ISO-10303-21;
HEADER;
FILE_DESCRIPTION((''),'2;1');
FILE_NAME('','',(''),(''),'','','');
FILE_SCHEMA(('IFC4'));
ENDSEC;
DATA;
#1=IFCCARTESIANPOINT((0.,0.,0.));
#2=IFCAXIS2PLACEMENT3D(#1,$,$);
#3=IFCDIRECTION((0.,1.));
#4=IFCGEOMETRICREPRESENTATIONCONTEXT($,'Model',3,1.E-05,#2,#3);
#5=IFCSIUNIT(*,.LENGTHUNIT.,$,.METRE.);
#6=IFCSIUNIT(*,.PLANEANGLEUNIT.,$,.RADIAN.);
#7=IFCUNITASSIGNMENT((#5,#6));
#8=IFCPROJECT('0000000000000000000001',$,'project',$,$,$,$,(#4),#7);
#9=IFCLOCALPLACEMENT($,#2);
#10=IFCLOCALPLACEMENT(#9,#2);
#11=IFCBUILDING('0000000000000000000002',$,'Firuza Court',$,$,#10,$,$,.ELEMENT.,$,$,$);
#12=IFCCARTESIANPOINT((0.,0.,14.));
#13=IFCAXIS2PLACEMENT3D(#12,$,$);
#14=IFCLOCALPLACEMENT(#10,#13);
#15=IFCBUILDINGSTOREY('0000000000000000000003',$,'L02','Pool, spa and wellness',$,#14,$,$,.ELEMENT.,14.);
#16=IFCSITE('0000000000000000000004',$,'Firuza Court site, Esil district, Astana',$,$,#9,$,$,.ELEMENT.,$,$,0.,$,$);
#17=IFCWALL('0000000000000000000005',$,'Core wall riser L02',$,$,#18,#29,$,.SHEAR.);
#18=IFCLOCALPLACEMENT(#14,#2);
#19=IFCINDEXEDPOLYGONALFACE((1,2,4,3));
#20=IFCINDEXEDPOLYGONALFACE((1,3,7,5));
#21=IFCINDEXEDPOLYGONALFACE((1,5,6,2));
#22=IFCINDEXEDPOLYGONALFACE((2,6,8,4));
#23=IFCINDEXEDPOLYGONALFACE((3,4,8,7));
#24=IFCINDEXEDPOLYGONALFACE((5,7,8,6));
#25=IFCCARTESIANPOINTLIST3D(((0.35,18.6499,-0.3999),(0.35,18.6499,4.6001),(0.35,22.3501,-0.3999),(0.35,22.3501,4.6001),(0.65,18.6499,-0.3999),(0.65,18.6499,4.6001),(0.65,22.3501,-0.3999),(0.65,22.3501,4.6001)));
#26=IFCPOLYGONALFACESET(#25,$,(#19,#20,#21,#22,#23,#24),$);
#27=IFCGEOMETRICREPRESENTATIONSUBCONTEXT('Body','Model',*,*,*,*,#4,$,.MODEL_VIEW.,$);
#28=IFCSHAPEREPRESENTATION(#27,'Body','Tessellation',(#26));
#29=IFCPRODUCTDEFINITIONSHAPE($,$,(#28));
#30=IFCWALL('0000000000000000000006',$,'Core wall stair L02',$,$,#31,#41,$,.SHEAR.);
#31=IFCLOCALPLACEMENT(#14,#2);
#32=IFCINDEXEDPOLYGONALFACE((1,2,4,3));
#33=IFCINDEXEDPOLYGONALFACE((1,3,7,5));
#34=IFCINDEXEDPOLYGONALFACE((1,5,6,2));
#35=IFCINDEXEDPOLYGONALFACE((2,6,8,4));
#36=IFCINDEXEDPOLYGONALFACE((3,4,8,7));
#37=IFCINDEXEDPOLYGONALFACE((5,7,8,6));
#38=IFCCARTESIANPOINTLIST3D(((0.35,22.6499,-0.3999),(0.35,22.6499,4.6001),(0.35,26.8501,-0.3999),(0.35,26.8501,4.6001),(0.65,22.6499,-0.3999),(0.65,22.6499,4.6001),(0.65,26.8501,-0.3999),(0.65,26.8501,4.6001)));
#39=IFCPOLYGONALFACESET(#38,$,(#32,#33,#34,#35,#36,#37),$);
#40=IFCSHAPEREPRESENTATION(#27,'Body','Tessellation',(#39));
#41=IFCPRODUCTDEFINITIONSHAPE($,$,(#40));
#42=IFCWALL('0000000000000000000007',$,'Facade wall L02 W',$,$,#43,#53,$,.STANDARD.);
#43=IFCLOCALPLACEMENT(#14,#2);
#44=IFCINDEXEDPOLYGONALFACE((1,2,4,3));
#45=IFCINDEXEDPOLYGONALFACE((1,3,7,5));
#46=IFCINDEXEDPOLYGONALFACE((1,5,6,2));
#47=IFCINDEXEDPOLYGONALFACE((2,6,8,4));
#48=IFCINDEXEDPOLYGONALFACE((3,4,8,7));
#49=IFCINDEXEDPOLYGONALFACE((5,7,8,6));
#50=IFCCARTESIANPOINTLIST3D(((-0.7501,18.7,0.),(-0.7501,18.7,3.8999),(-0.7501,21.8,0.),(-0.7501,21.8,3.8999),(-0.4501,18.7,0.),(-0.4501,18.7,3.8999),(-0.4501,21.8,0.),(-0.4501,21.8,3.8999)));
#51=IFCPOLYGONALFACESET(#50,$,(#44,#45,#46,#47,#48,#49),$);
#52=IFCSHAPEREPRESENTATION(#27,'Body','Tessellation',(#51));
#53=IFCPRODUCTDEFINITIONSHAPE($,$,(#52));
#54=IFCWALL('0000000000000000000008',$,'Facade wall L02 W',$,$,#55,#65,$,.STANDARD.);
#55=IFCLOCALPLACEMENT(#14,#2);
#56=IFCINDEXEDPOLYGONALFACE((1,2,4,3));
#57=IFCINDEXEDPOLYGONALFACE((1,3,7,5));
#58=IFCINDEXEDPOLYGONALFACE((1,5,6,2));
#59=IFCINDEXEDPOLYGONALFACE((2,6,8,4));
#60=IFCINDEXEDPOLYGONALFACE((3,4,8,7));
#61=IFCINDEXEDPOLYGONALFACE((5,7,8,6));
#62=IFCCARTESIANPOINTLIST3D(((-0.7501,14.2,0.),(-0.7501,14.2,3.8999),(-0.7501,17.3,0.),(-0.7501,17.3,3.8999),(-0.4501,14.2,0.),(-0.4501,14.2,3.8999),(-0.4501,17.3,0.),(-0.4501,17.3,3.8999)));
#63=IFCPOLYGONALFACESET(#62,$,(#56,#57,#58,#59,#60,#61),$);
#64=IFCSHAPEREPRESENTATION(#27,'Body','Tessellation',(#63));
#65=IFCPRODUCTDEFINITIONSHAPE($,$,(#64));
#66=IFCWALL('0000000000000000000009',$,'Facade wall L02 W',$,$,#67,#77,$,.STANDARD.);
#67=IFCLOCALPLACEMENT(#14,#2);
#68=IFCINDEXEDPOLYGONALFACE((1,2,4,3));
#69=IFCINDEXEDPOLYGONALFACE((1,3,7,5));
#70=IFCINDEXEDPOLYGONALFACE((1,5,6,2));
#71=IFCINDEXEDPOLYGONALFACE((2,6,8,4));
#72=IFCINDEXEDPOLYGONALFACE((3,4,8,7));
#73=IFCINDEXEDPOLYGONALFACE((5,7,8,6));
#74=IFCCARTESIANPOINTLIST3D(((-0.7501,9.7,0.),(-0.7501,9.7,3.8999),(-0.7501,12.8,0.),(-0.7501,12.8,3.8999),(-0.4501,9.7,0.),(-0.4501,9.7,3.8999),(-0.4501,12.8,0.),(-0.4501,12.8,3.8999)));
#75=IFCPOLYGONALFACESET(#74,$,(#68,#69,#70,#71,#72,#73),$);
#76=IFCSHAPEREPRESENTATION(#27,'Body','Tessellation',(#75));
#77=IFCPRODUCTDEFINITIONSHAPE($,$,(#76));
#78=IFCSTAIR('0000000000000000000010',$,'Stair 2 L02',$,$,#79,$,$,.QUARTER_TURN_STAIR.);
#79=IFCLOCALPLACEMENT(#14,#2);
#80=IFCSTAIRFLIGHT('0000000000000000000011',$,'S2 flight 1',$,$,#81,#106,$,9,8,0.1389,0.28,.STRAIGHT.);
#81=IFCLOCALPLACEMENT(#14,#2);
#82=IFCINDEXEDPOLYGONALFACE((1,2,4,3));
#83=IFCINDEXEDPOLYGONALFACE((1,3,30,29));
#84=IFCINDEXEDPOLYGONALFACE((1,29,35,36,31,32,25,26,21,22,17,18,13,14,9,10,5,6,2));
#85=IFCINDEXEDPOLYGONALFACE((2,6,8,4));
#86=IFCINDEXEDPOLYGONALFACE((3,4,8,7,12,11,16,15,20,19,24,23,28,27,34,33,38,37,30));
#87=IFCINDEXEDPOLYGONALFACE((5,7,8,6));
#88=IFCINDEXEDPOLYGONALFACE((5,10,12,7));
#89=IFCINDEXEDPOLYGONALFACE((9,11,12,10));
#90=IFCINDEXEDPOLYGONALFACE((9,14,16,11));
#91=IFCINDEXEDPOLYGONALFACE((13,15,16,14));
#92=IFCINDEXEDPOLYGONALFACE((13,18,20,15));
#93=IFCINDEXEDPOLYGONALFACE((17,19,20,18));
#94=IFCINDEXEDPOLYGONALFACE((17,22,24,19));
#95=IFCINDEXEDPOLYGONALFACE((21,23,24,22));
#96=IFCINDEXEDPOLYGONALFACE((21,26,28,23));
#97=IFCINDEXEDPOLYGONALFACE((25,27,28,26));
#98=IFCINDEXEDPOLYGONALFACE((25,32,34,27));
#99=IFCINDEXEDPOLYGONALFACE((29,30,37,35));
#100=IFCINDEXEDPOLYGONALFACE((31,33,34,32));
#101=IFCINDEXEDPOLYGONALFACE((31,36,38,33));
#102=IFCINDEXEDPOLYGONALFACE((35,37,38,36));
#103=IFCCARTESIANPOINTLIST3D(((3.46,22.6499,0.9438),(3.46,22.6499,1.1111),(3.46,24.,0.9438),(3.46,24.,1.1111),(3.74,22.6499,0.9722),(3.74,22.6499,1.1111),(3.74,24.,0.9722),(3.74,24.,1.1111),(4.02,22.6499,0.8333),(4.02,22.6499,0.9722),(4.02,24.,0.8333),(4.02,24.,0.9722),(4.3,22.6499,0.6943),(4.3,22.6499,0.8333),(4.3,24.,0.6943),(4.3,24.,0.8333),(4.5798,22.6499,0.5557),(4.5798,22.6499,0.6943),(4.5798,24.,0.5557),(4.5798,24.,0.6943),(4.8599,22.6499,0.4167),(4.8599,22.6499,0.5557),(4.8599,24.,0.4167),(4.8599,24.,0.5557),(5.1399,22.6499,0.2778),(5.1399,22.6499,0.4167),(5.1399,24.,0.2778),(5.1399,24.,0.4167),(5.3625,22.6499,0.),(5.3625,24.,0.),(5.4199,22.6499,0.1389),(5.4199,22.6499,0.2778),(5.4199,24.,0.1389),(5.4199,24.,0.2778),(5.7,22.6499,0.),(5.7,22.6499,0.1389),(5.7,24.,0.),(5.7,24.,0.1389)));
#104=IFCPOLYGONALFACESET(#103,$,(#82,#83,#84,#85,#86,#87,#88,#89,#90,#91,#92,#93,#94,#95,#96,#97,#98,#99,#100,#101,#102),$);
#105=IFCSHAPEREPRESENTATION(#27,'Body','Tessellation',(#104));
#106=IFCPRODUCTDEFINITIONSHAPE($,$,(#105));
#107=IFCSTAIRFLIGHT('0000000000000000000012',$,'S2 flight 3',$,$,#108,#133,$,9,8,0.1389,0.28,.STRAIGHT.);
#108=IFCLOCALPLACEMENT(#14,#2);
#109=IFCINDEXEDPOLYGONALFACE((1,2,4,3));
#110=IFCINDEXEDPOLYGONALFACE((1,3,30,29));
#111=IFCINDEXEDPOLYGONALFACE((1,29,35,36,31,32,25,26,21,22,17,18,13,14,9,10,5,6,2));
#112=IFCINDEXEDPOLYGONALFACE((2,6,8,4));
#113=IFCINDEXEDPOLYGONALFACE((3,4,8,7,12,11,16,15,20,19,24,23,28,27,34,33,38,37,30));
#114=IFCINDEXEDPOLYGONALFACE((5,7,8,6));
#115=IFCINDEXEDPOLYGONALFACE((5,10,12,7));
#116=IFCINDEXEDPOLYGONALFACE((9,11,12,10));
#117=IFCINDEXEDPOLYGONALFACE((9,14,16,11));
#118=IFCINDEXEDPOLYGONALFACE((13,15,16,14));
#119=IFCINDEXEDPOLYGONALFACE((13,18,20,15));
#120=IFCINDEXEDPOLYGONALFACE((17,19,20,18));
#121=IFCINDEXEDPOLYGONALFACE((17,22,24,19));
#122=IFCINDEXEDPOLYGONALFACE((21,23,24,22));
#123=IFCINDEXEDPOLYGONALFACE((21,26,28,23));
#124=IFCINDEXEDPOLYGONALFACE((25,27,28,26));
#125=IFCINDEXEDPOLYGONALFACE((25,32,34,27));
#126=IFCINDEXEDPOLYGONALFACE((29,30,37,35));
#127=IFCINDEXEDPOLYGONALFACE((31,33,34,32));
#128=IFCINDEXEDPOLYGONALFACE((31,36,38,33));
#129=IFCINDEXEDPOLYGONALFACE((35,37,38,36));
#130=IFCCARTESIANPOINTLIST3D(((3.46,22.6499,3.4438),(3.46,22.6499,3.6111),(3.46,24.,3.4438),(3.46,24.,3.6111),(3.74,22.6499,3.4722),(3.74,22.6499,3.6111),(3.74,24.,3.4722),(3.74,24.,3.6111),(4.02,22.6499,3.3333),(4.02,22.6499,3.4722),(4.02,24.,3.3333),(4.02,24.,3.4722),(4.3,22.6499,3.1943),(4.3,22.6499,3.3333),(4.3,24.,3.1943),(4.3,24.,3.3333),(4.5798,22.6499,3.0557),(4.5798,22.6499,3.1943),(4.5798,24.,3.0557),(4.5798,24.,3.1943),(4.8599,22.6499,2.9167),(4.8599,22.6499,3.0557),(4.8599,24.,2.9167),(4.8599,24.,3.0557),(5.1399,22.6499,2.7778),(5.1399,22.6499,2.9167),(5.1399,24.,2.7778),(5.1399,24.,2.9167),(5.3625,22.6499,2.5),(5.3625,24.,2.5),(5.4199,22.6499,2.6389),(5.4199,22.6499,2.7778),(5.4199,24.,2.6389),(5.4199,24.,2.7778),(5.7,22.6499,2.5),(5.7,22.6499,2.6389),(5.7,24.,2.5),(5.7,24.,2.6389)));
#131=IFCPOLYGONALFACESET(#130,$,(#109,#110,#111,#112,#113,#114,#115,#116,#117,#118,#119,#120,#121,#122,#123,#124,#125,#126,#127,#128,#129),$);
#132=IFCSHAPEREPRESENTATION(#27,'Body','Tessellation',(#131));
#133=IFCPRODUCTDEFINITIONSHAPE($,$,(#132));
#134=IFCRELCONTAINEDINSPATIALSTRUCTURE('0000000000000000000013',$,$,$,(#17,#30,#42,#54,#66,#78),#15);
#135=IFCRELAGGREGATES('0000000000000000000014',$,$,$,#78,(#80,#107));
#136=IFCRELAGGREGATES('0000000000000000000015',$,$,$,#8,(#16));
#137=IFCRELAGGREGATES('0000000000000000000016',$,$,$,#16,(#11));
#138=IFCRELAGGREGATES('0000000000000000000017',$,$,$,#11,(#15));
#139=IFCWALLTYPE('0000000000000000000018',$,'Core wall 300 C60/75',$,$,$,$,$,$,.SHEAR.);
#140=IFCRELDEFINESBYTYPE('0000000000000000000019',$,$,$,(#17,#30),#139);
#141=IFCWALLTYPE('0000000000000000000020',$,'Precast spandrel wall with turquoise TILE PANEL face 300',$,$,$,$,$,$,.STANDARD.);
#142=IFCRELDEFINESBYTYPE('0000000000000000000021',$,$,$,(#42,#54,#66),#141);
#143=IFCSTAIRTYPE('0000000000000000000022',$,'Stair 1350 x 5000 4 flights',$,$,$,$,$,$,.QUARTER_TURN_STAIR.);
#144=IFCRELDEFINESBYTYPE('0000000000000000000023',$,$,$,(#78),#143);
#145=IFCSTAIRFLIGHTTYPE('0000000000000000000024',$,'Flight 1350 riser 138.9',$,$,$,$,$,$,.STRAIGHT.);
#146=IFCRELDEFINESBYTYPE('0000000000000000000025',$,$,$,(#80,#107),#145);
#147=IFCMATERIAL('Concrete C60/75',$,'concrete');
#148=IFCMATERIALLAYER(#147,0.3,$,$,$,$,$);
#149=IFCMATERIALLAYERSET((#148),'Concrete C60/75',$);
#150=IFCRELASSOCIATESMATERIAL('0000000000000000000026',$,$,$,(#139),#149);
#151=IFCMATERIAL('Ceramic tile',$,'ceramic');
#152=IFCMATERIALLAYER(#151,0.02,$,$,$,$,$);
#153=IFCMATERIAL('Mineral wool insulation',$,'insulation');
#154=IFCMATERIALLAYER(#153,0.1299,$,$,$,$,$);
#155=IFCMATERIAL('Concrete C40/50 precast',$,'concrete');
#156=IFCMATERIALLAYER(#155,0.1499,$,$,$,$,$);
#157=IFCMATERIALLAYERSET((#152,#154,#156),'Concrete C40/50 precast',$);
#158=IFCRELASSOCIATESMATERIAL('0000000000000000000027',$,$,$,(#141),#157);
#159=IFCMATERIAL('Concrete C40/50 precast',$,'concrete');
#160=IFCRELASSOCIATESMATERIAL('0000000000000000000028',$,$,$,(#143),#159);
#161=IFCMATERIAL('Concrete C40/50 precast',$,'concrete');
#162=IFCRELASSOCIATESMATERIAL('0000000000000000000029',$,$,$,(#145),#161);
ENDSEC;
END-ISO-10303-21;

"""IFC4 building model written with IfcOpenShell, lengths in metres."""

from ifc_helpers import new_model, si_unit, direction, frame, frame_2d, origin, place, context, subcontext, project, spatial, polyline, rectangle, outline, extrude, material, layer, layer_set, type_object, element, aggregate, save


model = new_model("IFC4")

# Units and contexts
model_context = context("Model", 3, precision=1e-05, world=origin(), true_north=direction((0.0, 1.0)))
body_context = subcontext(model_context, "Body", "Model", "MODEL_VIEW")
ifc_project = project(units=[si_unit("LENGTHUNIT", "METRE"), si_unit("PLANEANGLEUNIT", "RADIAN")], contexts=[model_context])

# Site, building, storey
site_placement = place(None, origin())
site = spatial("IfcSite", under=ifc_project, at=site_placement, Name="Firuza Court site, Esil district, Astana", CompositionType="ELEMENT", RefElevation=0.0)
building_placement = place(site_placement, origin())
building = spatial("IfcBuilding", under=site, at=building_placement, Name="Firuza Court", CompositionType="ELEMENT")
storey_placement = place(building_placement, frame((0.0, 0.0, 14.0)))
storey = spatial("IfcBuildingStorey", under=building, at=storey_placement, Name="L02", Description="Pool, spa and wellness", CompositionType="ELEMENT", Elevation=14.0)

# Walls
ifc_material_1 = material(Name="Concrete C60/75", Category="concrete")
ifc_layer_1 = layer(ifc_material_1, 0.3)
ifc_layer_set_1 = layer_set([ifc_layer_1], Name="Concrete C60/75")
wall_type_1 = type_object("IfcWallType", Name="Core wall 300 C60/75", PredefinedType="SHEAR", material=ifc_layer_set_1)
for number, where, z_axis, x_axis, name in (
    (1, (0.5, 18.6499, -0.3999), (0.0, 0.0, 1.0), (0.0, 1.0, 0.0), "Core wall riser L02"),
):
    element("IfcWall", number, at=place(storey_placement, frame(where, z_axis=z_axis, x_axis=x_axis)), inside=storey, type_object=wall_type_1, Name=name, PredefinedType="SHEAR", context=body_context, shape_type="SweptSolid", body=[
        extrude(rectangle(XDim=3.7002, YDim=0.3, at=frame_2d((1.8501, 0.0))), origin(), (0.0, 0.0, 1.0), 5.0),
    ])
wall_1_placement = place(storey_placement, frame((0.5, 22.6499, -0.3999), z_axis=(0.0, 0.0, 1.0), x_axis=(0.0, 1.0, 0.0)))
element("IfcWall", 2, at=wall_1_placement, inside=storey, type_object=wall_type_1, Name="Core wall stair L02", PredefinedType="SHEAR", context=body_context, shape_type="SweptSolid", body=[
    extrude(rectangle(XDim=4.2002, YDim=0.3, at=frame_2d((2.1001, 0.0))), origin(), (0.0, 0.0, 1.0), 5.0),
])
ifc_material_2 = material(Name="Ceramic tile", Category="ceramic")
ifc_layer_2 = layer(ifc_material_2, 0.02)
ifc_material_3 = material(Name="Mineral wool insulation", Category="insulation")
ifc_layer_3 = layer(ifc_material_3, 0.1299)
ifc_material_4 = material(Name="Concrete C40/50 precast", Category="concrete")
ifc_layer_4 = layer(ifc_material_4, 0.1499)
ifc_layer_set_2 = layer_set([ifc_layer_2, ifc_layer_3, ifc_layer_4], Name="Concrete C40/50 precast")
wall_type_2 = type_object("IfcWallType", Name="Precast spandrel wall with turquoise TILE PANEL face 300", PredefinedType="STANDARD", material=ifc_layer_set_2)
for number, where, z_axis, x_axis, name in (
    (3, (-0.6001, 21.8, 0.0), (0.0, 0.0, 1.0), (0.0, -1.0, 0.0), "Facade wall L02 W"),
    (4, (-0.6001, 17.3, 0.0), (0.0, 0.0, 1.0), (0.0, -1.0, 0.0), "Facade wall L02 W"),
    (5, (-0.6001, 12.8, 0.0), (0.0, 0.0, 1.0), (0.0, -1.0, 0.0), "Facade wall L02 W"),
):
    element("IfcWall", number, at=place(storey_placement, frame(where, z_axis=z_axis, x_axis=x_axis)), inside=storey, type_object=wall_type_2, Name=name, PredefinedType="STANDARD", context=body_context, shape_type="SweptSolid", body=[
        extrude(rectangle(XDim=3.1001, YDim=0.3, at=frame_2d((1.55, 0.0))), origin(), (0.0, 0.0, 1.0), 3.8999),
    ])

# Stair, stair flights
ifc_material_5 = material(Name="Concrete C40/50 precast", Category="concrete")
stair_type = type_object("IfcStairType", Name="Stair 1350 x 5000 4 flights", PredefinedType="QUARTER_TURN_STAIR", material=ifc_material_5)
stair_placement = place(storey_placement, origin())
stair = element("IfcStair", 6, at=stair_placement, inside=storey, type_object=stair_type, Name="Stair 2 L02", PredefinedType="QUARTER_TURN_STAIR")
ifc_material_6 = material(Name="Concrete C40/50 precast", Category="concrete")
stair_flight_type = type_object("IfcStairFlightType", Name="Flight 1350 riser 138.9", PredefinedType="STRAIGHT", material=ifc_material_6)
stair_flight_1_placement = place(storey_placement, frame((5.7, 23.325, 0.0), z_axis=(0.0, 0.0, 1.0), x_axis=(-1.0, 0.0, 0.0)))
stair_flight_1 = element("IfcStairFlight", 7, at=stair_flight_1_placement, type_object=stair_flight_type, Name="S2 flight 1", NumberOfRisers=9, NumberOfTreads=8, PredefinedType="STRAIGHT", RiserHeight=0.1389, TreadLength=0.28, context=body_context, shape_type="SweptSolid", body=[
    extrude(outline(polyline([(0.0, 0.0), (0.0, 0.1389), (0.28, 0.1389), (0.28, 0.2778), (0.5601, 0.2778), (0.5601, 0.4167), (0.8401, 0.4167), (0.8401, 0.5557), (1.1201, 0.5557), (1.1201, 0.6943), (1.3999, 0.6943), (1.3999, 0.8333), (1.6799, 0.8333), (1.6799, 0.9722), (1.96, 0.9722), (1.96, 1.1111), (2.24, 1.1111), (2.24, 1.25), (2.24, 0.9438), (0.3374, 0.0), (0.0, 0.0)])), frame((0.0, 0.675, 0.0), z_axis=(0.0, -1.0, 0.0), x_axis=(1.0, 0.0, 0.0)), (0.0, 0.0, 1.0), 1.3501),
])
stair_flight_2_placement = place(storey_placement, frame((5.7, 23.325, 2.5), z_axis=(0.0, 0.0, 1.0), x_axis=(-1.0, 0.0, 0.0)))
stair_flight_2 = element("IfcStairFlight", 8, at=stair_flight_2_placement, type_object=stair_flight_type, Name="S2 flight 3", NumberOfRisers=9, NumberOfTreads=8, PredefinedType="STRAIGHT", RiserHeight=0.1389, TreadLength=0.28, context=body_context, shape_type="SweptSolid", body=[
    extrude(outline(polyline([(0.0, 0.0), (0.0, 0.1389), (0.28, 0.1389), (0.28, 0.2778), (0.5601, 0.2778), (0.5601, 0.4167), (0.8401, 0.4167), (0.8401, 0.5557), (1.1201, 0.5557), (1.1201, 0.6943), (1.3999, 0.6943), (1.3999, 0.8333), (1.6799, 0.8333), (1.6799, 0.9722), (1.96, 0.9722), (1.96, 1.1111), (2.24, 1.1111), (2.24, 1.25), (2.24, 0.9438), (0.3374, 0.0), (0.0, 0.0)])), frame((0.0, 0.675, 0.0), z_axis=(0.0, -1.0, 0.0), x_axis=(1.0, 0.0, 0.0)), (0.0, 0.0, 1.0), 1.3501),
])
aggregate(stair, [stair_flight_1, stair_flight_2])

save(model, "model.ifc")
